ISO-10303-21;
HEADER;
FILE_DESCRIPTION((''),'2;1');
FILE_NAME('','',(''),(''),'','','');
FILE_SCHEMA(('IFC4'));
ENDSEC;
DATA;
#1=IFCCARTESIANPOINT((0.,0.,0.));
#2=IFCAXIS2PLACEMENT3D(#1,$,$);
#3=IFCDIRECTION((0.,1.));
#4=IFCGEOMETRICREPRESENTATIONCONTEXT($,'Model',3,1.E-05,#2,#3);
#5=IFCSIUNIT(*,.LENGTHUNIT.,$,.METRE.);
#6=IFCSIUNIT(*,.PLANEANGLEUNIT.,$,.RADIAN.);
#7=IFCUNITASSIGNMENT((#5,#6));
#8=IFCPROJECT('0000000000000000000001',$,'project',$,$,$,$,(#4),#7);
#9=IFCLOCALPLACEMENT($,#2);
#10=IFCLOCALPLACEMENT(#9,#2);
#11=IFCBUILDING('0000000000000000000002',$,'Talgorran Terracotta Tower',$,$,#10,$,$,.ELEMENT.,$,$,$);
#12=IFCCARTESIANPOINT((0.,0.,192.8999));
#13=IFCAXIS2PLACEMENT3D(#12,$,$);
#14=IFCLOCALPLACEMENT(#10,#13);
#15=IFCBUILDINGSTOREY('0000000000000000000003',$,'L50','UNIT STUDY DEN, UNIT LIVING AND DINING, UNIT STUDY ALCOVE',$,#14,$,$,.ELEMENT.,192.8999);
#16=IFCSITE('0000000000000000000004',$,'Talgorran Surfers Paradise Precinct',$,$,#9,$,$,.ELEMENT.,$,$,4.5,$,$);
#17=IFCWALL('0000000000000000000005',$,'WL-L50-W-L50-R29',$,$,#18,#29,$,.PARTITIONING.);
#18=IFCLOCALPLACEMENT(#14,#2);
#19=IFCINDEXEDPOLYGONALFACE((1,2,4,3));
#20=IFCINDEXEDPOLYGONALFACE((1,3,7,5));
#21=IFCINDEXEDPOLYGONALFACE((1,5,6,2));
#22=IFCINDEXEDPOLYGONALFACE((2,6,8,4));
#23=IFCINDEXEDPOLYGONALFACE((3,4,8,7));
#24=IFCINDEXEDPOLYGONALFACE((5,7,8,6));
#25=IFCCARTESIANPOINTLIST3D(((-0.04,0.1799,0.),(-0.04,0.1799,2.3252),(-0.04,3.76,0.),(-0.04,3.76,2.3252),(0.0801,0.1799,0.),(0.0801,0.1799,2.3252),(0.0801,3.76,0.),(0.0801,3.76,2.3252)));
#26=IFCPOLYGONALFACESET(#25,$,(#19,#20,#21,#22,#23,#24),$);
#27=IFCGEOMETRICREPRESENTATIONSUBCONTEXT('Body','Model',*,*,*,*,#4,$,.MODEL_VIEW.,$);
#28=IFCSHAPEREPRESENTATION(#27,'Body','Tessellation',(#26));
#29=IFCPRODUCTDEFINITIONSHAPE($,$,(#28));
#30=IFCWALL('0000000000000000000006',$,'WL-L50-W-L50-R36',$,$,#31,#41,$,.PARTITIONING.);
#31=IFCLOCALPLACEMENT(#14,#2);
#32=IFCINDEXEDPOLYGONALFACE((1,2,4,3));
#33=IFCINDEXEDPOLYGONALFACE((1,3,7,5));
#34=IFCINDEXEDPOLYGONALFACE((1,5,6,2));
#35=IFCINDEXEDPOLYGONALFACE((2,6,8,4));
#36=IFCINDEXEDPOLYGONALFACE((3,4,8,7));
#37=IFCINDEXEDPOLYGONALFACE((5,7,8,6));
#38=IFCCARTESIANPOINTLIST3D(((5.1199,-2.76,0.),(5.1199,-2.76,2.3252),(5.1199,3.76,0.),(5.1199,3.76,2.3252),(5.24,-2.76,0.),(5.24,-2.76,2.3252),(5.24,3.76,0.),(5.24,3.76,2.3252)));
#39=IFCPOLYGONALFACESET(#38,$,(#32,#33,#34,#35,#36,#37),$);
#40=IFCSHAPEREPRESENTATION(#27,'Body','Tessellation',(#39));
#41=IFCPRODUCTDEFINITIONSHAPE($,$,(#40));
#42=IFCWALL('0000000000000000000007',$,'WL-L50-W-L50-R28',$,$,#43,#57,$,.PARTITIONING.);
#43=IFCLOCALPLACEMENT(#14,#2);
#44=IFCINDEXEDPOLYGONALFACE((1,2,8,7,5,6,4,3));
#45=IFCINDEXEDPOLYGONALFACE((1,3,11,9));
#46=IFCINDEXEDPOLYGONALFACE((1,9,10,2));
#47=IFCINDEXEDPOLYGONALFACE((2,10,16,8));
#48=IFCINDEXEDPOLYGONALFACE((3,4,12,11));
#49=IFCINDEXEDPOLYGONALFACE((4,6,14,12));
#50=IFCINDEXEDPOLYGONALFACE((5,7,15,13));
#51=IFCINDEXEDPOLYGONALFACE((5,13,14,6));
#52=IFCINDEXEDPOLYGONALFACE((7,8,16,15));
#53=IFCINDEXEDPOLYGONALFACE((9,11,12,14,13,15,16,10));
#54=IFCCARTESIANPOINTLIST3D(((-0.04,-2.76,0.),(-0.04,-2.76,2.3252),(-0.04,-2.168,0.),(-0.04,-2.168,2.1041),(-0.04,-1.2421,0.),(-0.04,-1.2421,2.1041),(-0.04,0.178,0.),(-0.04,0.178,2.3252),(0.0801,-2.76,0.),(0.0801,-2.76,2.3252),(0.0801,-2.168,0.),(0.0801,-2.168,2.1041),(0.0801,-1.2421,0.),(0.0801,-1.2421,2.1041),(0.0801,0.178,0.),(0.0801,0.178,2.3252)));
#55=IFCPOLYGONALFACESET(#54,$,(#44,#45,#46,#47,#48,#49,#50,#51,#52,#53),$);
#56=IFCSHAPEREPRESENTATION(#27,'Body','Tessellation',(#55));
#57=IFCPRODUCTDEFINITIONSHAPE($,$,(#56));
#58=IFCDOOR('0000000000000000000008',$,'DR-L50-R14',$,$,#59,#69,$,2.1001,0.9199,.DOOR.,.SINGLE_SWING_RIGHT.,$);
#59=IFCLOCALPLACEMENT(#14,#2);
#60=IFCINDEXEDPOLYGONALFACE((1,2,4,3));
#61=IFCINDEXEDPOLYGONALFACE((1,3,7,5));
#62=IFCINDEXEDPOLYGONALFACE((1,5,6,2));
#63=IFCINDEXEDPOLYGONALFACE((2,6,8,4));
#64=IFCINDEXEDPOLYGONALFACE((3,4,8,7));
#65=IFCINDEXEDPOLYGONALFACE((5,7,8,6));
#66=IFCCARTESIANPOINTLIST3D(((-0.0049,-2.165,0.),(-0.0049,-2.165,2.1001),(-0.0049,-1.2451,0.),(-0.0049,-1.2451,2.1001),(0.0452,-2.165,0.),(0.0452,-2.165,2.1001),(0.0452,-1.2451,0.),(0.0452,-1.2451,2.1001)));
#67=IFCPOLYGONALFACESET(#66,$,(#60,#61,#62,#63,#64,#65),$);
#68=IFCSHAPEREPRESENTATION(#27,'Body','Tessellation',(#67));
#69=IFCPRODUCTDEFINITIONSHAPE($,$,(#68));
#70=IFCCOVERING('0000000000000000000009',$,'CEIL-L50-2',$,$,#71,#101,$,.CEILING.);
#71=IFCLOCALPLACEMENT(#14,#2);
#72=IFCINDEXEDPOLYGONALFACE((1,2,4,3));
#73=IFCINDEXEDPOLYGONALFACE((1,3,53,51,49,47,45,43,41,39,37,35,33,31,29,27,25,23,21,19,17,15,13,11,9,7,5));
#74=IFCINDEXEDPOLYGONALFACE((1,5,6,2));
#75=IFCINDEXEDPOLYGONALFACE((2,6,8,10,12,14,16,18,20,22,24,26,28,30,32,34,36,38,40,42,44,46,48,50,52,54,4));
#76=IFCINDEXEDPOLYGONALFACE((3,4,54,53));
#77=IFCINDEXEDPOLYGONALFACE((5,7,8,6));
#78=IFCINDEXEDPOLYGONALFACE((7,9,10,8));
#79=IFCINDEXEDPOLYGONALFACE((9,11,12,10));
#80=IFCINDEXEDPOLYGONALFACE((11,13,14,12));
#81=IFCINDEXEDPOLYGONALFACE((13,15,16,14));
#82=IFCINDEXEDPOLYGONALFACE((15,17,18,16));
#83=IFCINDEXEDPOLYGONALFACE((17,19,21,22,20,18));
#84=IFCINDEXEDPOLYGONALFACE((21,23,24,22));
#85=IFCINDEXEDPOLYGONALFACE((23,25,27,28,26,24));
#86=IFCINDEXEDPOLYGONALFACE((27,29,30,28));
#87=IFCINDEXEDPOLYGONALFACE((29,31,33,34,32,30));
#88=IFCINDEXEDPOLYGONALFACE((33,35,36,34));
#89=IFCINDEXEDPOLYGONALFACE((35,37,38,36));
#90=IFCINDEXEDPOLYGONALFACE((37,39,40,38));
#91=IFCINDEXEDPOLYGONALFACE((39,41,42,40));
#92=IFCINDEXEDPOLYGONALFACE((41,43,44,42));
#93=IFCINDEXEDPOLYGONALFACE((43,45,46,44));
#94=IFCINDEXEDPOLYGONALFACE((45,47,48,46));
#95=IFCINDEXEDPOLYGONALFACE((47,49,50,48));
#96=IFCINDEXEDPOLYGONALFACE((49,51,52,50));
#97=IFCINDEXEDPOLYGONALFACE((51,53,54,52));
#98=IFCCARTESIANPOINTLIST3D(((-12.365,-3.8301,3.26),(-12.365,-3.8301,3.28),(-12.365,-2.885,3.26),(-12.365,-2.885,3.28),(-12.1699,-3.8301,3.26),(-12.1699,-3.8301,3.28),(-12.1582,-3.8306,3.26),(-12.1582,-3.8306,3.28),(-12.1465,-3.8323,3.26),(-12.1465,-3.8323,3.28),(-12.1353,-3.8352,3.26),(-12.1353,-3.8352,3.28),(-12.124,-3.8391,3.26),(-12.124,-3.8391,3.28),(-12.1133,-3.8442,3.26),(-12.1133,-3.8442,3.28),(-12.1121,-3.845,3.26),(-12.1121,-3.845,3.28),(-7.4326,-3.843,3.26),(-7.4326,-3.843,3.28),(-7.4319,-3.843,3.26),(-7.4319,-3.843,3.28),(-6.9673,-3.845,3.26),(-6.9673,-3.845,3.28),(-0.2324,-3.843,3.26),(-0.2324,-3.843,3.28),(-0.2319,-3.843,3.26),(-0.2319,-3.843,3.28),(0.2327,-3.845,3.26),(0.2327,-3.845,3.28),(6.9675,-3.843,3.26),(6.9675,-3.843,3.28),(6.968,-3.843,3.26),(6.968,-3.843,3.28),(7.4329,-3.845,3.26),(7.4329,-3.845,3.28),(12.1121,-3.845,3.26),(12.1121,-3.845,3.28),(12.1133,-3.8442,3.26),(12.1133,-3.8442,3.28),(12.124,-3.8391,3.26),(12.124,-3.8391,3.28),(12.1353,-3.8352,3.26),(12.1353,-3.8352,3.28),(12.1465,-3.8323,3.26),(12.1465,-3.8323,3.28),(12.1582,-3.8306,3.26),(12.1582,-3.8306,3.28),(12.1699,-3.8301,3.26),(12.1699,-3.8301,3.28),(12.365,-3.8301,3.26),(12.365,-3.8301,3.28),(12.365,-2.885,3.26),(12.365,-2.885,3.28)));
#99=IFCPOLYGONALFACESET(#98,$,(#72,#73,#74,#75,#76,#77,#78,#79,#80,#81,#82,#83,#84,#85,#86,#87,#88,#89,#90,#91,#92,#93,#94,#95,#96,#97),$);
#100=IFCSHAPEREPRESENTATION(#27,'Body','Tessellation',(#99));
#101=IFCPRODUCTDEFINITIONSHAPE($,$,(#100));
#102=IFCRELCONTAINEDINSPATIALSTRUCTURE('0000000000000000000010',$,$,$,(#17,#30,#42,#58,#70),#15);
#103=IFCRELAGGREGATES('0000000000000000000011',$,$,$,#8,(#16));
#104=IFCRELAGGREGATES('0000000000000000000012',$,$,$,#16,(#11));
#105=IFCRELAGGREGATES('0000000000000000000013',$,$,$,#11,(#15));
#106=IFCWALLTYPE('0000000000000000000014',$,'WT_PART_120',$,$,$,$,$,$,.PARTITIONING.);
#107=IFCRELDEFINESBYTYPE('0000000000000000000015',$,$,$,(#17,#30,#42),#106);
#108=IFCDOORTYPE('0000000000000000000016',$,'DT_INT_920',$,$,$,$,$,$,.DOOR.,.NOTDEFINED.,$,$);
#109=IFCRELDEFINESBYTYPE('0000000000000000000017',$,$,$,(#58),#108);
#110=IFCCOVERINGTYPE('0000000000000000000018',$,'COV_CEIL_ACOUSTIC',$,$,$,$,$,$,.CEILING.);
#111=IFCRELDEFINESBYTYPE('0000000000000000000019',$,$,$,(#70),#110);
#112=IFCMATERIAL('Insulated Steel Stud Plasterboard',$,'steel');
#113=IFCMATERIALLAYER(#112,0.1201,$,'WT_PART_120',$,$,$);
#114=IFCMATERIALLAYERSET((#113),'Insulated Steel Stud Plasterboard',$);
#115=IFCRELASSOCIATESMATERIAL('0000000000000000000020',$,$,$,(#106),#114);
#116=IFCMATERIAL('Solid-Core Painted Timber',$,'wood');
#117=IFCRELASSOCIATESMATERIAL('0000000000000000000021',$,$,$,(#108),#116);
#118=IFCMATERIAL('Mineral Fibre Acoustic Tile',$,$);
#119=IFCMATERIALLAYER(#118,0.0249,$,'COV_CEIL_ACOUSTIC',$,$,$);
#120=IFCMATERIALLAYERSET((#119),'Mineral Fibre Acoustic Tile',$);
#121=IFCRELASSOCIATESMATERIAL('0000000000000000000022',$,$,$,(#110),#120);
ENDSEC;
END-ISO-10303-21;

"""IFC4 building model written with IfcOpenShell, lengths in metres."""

from ifc_helpers import new_model, si_unit, direction, frame, frame_2d, origin, place, context, subcontext, project, spatial, polyline, rectangle, outline, extrude, material, layer, layer_set, type_object, element, fill, save


model = new_model("IFC4")

# Units and contexts
model_context = context("Model", 3, precision=1e-05, world=origin(), true_north=direction((0.0, 1.0)))
body_context = subcontext(model_context, "Body", "Model", "MODEL_VIEW")
ifc_project = project(units=[si_unit("LENGTHUNIT", "METRE"), si_unit("PLANEANGLEUNIT", "RADIAN")], contexts=[model_context])

# Site, building, storey
site_placement = place(None, origin())
site = spatial("IfcSite", under=ifc_project, at=site_placement, Name="Talgorran Surfers Paradise Precinct", CompositionType="ELEMENT", RefElevation=4.5)
building_placement = place(site_placement, origin())
building = spatial("IfcBuilding", under=site, at=building_placement, Name="Talgorran Terracotta Tower", CompositionType="ELEMENT")
storey_placement = place(building_placement, frame((0.0, 0.0, 192.8999)))
storey = spatial("IfcBuildingStorey", under=building, at=storey_placement, Name="L50", Description="UNIT STUDY DEN, UNIT LIVING AND DINING, UNIT STUDY ALCOVE", CompositionType="ELEMENT", Elevation=192.8999)

# Shared definitions
ifc_material_1 = material(Name="Insulated Steel Stud Plasterboard", Category="steel")
ifc_layer_1 = layer(ifc_material_1, 0.1201, Name="WT_PART_120")
ifc_layer_set_1 = layer_set([ifc_layer_1], Name="Insulated Steel Stud Plasterboard")
wall_type_1 = type_object("IfcWallType", Name="WT_PART_120", PredefinedType="PARTITIONING", material=ifc_layer_set_1)

# Shared definitions
ifc_material_2 = material(Name="Solid-Core Painted Timber", Category="wood")
door_type = type_object("IfcDoorType", Name="DT_INT_920", OperationType="NOTDEFINED", PredefinedType="DOOR", material=ifc_material_2)

# Walls
wall_1_placement = place(storey_placement, frame((0.02, 0.1799, 0.0), z_axis=(0.0, 0.0, 1.0), x_axis=(0.0, 1.0, 0.0)))
element("IfcWall", 1, at=wall_1_placement, inside=storey, type_object=wall_type_1, Name="WL-L50-W-L50-R29", PredefinedType="PARTITIONING", context=body_context, shape_type="SweptSolid", body=[
    extrude(rectangle(XDim=3.5801, YDim=0.1201, at=frame_2d((1.79, 0.0))), origin(), (0.0, 0.0, 1.0), 2.3252),
])
wall_2_placement = place(storey_placement, frame((5.1799, -2.76, 0.0), z_axis=(0.0, 0.0, 1.0), x_axis=(0.0, 1.0, 0.0)))
element("IfcWall", 2, at=wall_2_placement, inside=storey, type_object=wall_type_1, Name="WL-L50-W-L50-R36", PredefinedType="PARTITIONING", context=body_context, shape_type="SweptSolid", body=[
    extrude(rectangle(XDim=6.52, YDim=0.1201, at=frame_2d((3.26, 0.0))), origin(), (0.0, 0.0, 1.0), 2.3252),
])

# Wall, opening, door
wall_3_placement = place(storey_placement, frame((0.02, -2.76, 0.0), z_axis=(0.0, 0.0, 1.0), x_axis=(0.0, 1.0, 0.0)))
wall_3 = element("IfcWall", 3, at=wall_3_placement, inside=storey, type_object=wall_type_1, Name="WL-L50-W-L50-R28", PredefinedType="PARTITIONING", context=body_context, shape_type="SweptSolid", body=[
    extrude(rectangle(XDim=2.938, YDim=0.1201, at=frame_2d((1.469, 0.0))), origin(), (0.0, 0.0, 1.0), 2.3252),
])
opening_1_placement = place(wall_3_placement, frame((0.595, 0.0, 0.0)))
opening_1 = element("IfcOpeningElement", 4, at=opening_1_placement, cuts=wall_3, PredefinedType="OPENING", context=body_context, shape_type="SweptSolid", body=[
    extrude(rectangle(XDim=0.9259, YDim=2.1041, at=frame_2d((0.46, 1.052))), frame((0.0, 0.0701, 0.0), z_axis=(0.0, -1.0, 0.0), x_axis=(1.0, 0.0, 0.0)), (0.0, 0.0, 1.0), 0.1401),
])
door_1_placement = place(opening_1_placement, origin())
door_1 = element("IfcDoor", 5, at=door_1_placement, inside=storey, type_object=door_type, Name="DR-L50-R14", OperationType="SINGLE_SWING_RIGHT", OverallHeight=2.1001, OverallWidth=0.9199, PredefinedType="DOOR", context=body_context, shape_type="SweptSolid", body=[
    extrude(rectangle(XDim=0.9199, YDim=2.1001, at=frame_2d((0.46, 1.05))), frame((0.0, 0.0249, 0.0), z_axis=(0.0, -1.0, 0.0), x_axis=(1.0, 0.0, 0.0)), (0.0, 0.0, 1.0), 0.05),
])
fill(opening_1, door_1)

# Covering
ifc_material_3 = material(Name="Mineral Fibre Acoustic Tile")
ifc_layer_2 = layer(ifc_material_3, 0.0249, Name="COV_CEIL_ACOUSTIC")
ifc_layer_set_2 = layer_set([ifc_layer_2], Name="Mineral Fibre Acoustic Tile")
covering_type_1 = type_object("IfcCoveringType", Name="COV_CEIL_ACOUSTIC", PredefinedType="CEILING", material=ifc_layer_set_2)
covering_1_placement = place(storey_placement, frame((0.0, 0.0, 3.26)))
element("IfcCovering", 6, at=covering_1_placement, inside=storey, type_object=covering_type_1, Name="CEIL-L50-2", PredefinedType="CEILING", context=body_context, shape_type="SweptSolid", body=[
    extrude(outline(polyline([(-12.365, -2.885), (12.365, -2.885), (12.365, -3.8301), (12.1699, -3.8301), (12.1582, -3.8306), (12.1465, -3.8323), (12.1353, -3.8352), (12.124, -3.8391), (12.1133, -3.8442), (12.1121, -3.845), (7.4329, -3.845), (6.968, -3.843), (6.9675, -3.843), (0.2327, -3.845), (-0.2319, -3.843), (-0.2324, -3.843), (-6.9673, -3.845), (-7.4319, -3.843), (-7.4326, -3.843), (-12.1121, -3.845), (-12.1133, -3.8442), (-12.124, -3.8391), (-12.1353, -3.8352), (-12.1465, -3.8323), (-12.1582, -3.8306), (-12.1699, -3.8301), (-12.365, -3.8301), (-12.365, -2.885)])), origin(), (0.0, 0.0, 1.0), 0.02),
])

save(model, "model.ifc")
